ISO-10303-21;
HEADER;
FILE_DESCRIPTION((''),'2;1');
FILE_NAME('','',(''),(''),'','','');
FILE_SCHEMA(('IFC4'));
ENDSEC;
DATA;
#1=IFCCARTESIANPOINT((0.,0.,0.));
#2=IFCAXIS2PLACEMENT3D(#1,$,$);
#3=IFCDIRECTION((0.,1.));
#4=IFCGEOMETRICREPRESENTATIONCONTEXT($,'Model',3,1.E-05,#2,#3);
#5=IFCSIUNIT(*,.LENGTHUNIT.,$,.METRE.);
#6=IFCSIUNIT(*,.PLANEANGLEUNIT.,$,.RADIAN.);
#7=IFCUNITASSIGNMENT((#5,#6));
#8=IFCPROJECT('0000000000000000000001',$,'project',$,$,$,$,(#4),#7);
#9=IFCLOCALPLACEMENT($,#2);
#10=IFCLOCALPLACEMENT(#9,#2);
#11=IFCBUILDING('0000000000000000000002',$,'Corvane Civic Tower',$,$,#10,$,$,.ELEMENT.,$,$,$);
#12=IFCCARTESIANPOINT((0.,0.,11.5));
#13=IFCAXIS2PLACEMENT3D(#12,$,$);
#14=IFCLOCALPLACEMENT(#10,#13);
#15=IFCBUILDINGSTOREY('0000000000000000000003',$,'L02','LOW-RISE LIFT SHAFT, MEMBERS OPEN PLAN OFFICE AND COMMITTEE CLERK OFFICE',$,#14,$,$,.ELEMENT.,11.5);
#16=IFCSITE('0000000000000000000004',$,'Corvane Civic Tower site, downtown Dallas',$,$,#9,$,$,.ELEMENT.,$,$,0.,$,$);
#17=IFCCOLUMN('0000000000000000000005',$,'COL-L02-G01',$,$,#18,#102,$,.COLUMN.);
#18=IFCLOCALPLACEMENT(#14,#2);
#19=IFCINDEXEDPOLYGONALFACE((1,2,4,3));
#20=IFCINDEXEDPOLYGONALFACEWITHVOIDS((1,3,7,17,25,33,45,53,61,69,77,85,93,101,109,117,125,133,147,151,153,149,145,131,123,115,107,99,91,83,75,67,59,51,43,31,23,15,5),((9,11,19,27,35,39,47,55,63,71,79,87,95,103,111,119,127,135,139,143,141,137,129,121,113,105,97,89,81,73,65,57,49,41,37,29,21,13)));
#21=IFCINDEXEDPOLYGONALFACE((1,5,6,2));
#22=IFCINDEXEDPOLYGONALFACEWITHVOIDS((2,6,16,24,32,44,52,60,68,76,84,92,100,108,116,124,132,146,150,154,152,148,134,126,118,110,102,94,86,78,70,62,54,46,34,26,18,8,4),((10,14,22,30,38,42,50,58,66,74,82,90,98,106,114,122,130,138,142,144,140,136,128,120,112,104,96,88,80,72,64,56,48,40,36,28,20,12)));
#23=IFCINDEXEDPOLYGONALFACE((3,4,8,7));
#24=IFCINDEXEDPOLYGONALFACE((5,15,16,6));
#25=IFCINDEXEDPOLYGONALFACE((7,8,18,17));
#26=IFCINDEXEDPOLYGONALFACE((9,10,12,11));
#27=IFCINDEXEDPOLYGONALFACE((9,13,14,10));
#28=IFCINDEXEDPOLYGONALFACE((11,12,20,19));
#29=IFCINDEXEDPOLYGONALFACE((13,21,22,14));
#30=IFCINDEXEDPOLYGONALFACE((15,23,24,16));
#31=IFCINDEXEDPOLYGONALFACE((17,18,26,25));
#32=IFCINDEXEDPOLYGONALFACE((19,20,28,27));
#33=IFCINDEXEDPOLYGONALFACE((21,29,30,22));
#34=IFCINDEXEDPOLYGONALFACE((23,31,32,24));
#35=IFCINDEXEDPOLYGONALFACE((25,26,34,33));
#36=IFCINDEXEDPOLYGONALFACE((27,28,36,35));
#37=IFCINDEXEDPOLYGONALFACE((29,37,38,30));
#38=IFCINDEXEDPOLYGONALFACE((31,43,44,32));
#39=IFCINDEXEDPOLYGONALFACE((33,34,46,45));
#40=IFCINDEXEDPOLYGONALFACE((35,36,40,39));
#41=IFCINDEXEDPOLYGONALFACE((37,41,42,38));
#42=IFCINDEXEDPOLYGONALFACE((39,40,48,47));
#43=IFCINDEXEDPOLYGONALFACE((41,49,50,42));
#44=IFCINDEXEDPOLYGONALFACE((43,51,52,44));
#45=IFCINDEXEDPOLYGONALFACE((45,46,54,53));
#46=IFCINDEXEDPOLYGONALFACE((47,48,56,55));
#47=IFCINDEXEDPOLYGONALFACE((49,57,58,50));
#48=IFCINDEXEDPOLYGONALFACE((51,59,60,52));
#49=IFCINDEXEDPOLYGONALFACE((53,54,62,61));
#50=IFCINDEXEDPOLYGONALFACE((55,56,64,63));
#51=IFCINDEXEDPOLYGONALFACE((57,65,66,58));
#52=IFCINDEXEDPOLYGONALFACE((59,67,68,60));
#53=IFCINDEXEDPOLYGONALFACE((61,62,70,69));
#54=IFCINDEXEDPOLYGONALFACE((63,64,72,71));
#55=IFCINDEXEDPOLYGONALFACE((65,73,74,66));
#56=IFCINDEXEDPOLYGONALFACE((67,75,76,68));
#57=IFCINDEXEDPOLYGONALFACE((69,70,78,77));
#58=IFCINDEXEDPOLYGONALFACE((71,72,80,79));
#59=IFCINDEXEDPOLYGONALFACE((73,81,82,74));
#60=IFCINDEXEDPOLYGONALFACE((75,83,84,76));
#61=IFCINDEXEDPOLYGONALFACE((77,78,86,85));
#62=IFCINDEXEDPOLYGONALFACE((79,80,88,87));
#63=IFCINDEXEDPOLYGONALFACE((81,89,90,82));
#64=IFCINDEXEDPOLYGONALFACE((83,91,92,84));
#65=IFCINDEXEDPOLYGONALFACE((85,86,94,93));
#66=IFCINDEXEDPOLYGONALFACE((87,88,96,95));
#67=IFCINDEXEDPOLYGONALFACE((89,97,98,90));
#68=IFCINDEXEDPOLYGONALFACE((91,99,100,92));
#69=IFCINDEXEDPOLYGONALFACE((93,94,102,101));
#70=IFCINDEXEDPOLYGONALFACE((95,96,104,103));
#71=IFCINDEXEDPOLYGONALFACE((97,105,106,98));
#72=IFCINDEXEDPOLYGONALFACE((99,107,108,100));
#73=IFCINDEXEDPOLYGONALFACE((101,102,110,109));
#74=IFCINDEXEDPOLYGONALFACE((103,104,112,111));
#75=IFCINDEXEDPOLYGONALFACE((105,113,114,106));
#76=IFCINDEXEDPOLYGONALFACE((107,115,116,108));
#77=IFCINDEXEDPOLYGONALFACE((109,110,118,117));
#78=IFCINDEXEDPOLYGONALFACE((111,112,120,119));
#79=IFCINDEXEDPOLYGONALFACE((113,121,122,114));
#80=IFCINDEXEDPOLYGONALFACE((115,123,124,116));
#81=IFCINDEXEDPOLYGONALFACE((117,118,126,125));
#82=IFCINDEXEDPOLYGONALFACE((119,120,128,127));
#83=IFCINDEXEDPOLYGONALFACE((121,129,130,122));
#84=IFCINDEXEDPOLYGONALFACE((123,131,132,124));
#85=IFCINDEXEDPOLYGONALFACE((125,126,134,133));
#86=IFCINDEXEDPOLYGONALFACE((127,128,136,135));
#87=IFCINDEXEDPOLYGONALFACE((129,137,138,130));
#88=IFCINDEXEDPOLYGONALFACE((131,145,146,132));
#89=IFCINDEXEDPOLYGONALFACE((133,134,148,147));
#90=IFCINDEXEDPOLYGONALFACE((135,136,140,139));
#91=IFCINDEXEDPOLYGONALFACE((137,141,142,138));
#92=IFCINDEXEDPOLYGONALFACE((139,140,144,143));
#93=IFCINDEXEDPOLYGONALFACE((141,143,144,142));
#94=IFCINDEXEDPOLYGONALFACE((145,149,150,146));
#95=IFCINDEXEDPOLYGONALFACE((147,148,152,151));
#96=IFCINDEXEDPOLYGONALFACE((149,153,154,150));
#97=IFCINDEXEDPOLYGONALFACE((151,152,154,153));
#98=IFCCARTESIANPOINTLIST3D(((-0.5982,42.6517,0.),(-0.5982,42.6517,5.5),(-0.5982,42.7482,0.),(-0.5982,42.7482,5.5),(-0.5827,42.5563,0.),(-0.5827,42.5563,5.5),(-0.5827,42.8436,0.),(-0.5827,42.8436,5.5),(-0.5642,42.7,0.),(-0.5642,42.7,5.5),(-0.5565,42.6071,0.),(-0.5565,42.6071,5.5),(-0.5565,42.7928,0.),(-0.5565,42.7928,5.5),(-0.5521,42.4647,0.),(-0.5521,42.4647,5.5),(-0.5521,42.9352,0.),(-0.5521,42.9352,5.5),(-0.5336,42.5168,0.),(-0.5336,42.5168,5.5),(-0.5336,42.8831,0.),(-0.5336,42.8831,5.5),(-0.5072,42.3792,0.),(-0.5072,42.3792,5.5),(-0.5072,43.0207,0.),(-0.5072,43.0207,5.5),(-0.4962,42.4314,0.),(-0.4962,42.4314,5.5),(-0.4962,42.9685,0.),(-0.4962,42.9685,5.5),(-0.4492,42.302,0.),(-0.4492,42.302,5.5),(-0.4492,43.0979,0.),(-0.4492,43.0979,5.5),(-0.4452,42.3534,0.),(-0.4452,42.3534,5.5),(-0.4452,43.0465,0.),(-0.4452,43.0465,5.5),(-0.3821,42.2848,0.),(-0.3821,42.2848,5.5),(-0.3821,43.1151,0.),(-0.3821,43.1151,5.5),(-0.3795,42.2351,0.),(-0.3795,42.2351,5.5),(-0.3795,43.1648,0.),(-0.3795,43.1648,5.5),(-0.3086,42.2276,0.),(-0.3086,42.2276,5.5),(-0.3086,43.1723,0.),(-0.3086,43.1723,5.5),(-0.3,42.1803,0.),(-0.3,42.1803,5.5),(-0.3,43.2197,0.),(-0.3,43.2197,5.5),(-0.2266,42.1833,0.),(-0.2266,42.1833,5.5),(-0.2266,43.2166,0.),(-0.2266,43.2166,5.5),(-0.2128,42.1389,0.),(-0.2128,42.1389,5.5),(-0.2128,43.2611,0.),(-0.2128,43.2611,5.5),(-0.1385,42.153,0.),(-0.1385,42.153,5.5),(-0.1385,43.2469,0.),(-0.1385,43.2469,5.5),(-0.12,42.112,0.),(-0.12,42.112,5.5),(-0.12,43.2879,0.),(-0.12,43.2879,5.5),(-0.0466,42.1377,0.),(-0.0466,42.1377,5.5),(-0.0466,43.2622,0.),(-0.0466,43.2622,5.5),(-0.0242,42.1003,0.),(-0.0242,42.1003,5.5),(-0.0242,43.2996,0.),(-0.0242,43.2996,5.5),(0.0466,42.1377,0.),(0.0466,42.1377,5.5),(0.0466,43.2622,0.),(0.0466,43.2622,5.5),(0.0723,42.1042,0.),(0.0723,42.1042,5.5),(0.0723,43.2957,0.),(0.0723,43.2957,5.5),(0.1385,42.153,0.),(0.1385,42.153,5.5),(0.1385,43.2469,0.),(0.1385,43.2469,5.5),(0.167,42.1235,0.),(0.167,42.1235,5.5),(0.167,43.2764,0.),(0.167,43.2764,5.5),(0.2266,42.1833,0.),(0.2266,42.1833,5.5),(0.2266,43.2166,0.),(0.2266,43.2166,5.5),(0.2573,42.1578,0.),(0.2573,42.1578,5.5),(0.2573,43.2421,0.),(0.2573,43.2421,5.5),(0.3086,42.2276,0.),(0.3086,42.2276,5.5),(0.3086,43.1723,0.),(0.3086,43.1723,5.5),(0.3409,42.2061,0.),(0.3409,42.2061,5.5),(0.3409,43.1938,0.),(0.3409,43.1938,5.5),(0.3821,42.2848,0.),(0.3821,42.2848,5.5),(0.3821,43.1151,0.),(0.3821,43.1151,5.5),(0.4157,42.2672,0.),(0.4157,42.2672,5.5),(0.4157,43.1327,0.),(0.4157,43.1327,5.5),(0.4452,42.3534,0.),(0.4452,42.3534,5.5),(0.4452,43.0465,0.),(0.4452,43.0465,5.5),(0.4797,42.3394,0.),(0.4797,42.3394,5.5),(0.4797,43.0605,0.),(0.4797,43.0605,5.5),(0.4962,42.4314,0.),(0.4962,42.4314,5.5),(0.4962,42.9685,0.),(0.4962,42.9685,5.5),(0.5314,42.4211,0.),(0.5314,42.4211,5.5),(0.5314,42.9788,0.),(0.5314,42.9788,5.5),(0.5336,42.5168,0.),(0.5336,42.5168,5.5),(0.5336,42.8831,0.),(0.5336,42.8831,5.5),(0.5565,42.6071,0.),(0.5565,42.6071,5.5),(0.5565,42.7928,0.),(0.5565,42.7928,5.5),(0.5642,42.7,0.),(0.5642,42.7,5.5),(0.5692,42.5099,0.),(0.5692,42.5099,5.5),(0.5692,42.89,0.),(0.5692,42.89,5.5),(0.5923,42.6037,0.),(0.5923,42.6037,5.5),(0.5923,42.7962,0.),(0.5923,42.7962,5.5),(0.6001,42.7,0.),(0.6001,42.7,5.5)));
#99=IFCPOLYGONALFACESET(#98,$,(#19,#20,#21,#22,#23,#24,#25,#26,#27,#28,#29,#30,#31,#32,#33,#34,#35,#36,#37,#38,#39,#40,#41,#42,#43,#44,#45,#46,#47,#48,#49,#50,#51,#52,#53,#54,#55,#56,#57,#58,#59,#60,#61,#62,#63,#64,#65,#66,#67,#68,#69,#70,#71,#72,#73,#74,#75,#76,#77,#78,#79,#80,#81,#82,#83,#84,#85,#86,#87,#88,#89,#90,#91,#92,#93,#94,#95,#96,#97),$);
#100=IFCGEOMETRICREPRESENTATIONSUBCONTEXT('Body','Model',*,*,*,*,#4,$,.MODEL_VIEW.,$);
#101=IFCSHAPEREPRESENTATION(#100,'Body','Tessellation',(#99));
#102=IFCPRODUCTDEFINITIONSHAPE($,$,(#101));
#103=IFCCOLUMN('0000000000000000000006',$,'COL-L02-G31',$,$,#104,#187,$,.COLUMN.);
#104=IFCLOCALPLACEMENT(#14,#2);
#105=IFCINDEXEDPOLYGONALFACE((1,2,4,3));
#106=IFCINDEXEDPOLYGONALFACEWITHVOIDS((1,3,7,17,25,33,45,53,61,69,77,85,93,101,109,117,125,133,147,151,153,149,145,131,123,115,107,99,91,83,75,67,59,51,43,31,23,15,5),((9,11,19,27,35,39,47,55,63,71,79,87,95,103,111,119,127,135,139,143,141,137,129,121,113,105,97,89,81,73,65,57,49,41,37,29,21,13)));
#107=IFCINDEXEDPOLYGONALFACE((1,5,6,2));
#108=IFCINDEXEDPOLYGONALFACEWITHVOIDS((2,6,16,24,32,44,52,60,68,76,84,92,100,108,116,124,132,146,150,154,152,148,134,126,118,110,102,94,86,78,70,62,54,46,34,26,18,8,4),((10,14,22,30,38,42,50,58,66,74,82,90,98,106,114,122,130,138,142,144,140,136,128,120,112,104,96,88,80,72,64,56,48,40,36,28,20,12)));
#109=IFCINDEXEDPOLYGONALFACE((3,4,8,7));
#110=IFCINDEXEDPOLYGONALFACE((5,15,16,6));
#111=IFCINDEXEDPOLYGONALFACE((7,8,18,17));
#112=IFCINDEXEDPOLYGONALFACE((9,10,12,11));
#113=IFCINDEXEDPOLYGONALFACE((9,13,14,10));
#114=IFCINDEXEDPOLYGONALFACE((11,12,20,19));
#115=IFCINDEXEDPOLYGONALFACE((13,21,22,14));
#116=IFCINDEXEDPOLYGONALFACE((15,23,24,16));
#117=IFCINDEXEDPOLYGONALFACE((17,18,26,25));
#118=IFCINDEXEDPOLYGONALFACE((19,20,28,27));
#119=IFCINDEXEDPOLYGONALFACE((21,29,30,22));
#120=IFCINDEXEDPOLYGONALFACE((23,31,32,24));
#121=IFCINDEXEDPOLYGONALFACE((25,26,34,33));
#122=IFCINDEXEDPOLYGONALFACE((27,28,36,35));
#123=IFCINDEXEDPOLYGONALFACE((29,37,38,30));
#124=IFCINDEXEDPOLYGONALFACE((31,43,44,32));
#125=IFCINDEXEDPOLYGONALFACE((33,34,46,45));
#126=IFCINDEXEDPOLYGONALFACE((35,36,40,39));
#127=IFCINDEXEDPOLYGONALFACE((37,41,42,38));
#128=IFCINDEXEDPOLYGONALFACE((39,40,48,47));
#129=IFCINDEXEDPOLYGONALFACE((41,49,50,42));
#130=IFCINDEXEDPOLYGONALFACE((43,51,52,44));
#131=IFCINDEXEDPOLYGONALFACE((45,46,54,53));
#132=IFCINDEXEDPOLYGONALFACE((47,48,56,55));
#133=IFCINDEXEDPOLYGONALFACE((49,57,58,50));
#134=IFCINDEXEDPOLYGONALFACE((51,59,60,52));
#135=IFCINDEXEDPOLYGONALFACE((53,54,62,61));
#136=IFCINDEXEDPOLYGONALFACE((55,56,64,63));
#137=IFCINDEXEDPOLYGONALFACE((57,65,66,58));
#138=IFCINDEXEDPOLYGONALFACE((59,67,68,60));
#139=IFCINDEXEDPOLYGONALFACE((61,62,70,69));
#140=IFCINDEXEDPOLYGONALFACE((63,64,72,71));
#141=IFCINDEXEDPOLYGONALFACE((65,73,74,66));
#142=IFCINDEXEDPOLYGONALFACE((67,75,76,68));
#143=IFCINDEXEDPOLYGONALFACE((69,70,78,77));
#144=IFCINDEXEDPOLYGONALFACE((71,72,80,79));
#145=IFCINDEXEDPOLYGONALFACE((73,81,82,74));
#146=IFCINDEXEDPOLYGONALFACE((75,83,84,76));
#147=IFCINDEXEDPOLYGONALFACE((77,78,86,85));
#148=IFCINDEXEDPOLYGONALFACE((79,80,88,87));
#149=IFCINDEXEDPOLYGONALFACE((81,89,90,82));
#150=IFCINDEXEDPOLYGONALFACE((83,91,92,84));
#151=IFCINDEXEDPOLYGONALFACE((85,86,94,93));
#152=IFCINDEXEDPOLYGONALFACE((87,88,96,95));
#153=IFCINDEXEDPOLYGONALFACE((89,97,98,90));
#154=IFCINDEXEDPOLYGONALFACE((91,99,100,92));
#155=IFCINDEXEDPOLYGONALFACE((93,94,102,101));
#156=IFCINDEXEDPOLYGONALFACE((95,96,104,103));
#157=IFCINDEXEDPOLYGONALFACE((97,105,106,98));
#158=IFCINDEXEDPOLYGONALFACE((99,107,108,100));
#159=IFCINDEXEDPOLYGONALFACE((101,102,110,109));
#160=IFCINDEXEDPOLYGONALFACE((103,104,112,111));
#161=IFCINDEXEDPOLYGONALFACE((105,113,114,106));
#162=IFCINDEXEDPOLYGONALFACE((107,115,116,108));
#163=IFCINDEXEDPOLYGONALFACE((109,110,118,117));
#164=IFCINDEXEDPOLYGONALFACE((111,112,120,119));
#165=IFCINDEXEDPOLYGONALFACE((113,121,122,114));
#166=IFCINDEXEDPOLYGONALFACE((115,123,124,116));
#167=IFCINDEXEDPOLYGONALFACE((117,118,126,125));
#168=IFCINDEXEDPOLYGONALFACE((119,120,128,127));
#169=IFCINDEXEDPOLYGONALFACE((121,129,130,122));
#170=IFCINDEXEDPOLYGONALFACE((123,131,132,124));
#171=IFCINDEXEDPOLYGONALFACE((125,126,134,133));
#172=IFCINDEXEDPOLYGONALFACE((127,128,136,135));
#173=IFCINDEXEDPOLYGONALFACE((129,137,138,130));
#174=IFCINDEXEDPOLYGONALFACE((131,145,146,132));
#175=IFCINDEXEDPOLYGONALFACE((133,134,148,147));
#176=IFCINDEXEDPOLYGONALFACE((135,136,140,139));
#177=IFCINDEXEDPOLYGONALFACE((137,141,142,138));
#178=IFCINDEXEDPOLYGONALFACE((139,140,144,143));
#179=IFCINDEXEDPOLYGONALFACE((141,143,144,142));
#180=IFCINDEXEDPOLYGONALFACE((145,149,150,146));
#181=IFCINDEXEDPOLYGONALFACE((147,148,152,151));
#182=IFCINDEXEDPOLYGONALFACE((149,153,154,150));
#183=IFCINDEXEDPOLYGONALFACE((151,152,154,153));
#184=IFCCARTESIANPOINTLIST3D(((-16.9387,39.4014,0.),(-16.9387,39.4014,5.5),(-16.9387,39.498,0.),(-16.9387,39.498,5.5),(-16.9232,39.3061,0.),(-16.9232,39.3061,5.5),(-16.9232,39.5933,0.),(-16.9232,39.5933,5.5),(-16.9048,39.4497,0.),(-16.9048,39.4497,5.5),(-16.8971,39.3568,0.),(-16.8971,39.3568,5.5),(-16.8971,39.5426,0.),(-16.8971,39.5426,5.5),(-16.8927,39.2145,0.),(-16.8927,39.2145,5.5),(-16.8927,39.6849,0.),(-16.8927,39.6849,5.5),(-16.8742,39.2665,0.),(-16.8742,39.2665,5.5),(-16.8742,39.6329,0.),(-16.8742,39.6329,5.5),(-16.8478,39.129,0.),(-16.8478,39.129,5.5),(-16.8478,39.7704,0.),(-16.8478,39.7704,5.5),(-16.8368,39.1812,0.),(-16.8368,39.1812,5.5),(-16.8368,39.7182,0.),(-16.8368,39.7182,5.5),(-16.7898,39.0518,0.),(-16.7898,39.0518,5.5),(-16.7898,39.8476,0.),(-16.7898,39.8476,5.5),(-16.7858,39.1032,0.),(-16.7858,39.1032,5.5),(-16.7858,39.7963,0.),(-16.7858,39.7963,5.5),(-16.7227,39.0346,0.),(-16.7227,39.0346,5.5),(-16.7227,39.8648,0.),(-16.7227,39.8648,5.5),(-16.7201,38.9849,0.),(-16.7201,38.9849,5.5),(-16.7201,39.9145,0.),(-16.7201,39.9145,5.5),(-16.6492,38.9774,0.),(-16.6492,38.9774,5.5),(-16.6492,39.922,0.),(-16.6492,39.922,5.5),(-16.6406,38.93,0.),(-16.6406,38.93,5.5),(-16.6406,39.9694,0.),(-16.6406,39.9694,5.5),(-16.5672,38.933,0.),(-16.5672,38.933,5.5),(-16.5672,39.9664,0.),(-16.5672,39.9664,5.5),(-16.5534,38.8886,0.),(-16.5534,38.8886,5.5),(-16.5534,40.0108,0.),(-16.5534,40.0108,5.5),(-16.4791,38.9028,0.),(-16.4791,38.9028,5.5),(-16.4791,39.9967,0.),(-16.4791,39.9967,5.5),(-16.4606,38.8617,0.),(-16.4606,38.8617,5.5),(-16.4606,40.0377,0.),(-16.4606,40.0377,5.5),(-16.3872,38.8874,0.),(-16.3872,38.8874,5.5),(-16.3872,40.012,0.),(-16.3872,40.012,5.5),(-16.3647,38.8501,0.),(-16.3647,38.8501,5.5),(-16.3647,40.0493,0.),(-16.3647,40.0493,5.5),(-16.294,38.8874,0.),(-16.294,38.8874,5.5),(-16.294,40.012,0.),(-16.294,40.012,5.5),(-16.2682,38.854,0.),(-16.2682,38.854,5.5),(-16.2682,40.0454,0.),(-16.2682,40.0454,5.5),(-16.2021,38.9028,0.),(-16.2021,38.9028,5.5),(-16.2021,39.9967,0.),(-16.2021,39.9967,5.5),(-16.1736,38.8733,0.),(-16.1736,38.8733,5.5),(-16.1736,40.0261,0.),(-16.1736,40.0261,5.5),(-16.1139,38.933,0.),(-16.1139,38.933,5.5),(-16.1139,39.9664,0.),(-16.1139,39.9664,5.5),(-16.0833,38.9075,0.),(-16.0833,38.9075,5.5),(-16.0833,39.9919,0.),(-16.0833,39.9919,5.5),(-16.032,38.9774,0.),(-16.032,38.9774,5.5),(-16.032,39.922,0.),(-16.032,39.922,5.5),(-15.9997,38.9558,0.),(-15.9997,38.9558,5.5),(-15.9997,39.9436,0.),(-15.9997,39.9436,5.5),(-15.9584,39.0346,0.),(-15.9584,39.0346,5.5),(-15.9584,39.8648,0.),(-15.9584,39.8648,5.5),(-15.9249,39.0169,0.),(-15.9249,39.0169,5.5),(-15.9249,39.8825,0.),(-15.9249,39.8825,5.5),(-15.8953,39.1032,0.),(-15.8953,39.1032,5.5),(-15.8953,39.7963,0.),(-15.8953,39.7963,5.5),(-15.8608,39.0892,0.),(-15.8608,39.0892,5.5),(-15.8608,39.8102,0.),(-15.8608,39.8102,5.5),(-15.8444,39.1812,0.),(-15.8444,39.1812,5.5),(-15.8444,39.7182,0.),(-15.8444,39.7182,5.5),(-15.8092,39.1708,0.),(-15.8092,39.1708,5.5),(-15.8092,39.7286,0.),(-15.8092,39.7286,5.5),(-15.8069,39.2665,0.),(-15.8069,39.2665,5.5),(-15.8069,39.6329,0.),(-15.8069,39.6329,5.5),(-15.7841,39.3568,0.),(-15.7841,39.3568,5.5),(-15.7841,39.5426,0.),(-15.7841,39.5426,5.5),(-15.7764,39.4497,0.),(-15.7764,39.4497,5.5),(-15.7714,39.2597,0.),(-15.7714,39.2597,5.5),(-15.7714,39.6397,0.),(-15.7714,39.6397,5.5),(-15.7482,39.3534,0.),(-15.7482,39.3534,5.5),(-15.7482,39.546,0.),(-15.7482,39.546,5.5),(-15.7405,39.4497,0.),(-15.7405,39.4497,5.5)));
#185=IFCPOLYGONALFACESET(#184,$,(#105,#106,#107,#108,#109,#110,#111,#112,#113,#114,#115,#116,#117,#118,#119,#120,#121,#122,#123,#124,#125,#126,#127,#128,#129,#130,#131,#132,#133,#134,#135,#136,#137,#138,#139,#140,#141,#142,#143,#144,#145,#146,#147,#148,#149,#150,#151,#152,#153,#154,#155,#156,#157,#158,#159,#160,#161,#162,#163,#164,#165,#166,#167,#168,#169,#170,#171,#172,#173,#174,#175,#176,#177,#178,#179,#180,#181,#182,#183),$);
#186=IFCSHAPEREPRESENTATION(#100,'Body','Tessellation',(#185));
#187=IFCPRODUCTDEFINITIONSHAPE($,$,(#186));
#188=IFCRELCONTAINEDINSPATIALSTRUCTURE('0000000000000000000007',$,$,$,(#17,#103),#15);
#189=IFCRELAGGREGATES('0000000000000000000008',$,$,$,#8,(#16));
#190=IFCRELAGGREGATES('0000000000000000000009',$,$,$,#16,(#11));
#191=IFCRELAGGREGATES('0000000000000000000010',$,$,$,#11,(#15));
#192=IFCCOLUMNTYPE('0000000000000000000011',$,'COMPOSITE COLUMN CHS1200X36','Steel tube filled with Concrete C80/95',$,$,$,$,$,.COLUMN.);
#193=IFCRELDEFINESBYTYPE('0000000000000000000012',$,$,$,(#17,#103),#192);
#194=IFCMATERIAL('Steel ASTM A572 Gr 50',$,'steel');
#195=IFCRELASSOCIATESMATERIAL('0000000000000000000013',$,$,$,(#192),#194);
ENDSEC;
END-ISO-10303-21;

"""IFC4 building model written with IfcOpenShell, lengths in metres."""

from ifc_helpers import new_model, si_unit, direction, frame, origin, origin_2d, place, context, subcontext, project, spatial, hollow_circle, extrude, material, material_profile, profile_set, type_object, element, save


model = new_model("IFC4")

# Units and contexts
model_context = context("Model", 3, precision=1e-05, world=origin(), true_north=direction((0.0, 1.0)))
body_context = subcontext(model_context, "Body", "Model", "MODEL_VIEW")
ifc_project = project(units=[si_unit("LENGTHUNIT", "METRE"), si_unit("PLANEANGLEUNIT", "RADIAN")], contexts=[model_context])

# Site, building, storey
site_placement = place(None, origin())
site = spatial("IfcSite", under=ifc_project, at=site_placement, Name="Corvane Civic Tower site, downtown Dallas", CompositionType="ELEMENT", RefElevation=0.0)
building_placement = place(site_placement, origin())
building = spatial("IfcBuilding", under=site, at=building_placement, Name="Corvane Civic Tower", CompositionType="ELEMENT")
storey_placement = place(building_placement, frame((0.0, 0.0, 11.5)))
storey = spatial("IfcBuildingStorey", under=building, at=storey_placement, Name="L02", Description="LOW-RISE LIFT SHAFT, MEMBERS OPEN PLAN OFFICE AND COMMITTEE CLERK OFFICE", CompositionType="ELEMENT", Elevation=11.5)

# Columns
ifc_material_1 = material(Name="Steel ASTM A572 Gr 50", Category="steel")
ifc_material_profile_1 = material_profile(ifc_material_1, hollow_circle(Radius=0.6001, WallThickness=0.0359, at=origin_2d()), Name="CHS1200X36")
ifc_profile_set_1 = profile_set([ifc_material_profile_1], Name="Steel ASTM A572 Gr 50")
column_type_1 = type_object("IfcColumnType", Name="COMPOSITE COLUMN CHS1200X36", Description="Steel tube filled with Concrete C80/95", PredefinedType="COLUMN", material=ifc_profile_set_1)
for number, where, z_axis, x_axis, name in (
    (1, (0.0, 42.7, 0.0), (0.0, 0.0, 1.0), (1.0, 0.0, 0.0), "COL-L02-G01"),
    (2, (-16.3406, 39.4497, 0.0), (0.0, 0.0, 1.0), (1.0, 0.0, 0.0), "COL-L02-G31"),
):
    element("IfcColumn", number, at=place(storey_placement, frame(where, z_axis=z_axis, x_axis=x_axis)), inside=storey, type_object=column_type_1, Name=name, PredefinedType="COLUMN", context=body_context, shape_type="SweptSolid", body=[
        extrude(hollow_circle(Radius=0.6001, WallThickness=0.0359, at=origin_2d()), origin(), (0.0, 0.0, 1.0), 5.5),
    ])

save(model, "model.ifc")
